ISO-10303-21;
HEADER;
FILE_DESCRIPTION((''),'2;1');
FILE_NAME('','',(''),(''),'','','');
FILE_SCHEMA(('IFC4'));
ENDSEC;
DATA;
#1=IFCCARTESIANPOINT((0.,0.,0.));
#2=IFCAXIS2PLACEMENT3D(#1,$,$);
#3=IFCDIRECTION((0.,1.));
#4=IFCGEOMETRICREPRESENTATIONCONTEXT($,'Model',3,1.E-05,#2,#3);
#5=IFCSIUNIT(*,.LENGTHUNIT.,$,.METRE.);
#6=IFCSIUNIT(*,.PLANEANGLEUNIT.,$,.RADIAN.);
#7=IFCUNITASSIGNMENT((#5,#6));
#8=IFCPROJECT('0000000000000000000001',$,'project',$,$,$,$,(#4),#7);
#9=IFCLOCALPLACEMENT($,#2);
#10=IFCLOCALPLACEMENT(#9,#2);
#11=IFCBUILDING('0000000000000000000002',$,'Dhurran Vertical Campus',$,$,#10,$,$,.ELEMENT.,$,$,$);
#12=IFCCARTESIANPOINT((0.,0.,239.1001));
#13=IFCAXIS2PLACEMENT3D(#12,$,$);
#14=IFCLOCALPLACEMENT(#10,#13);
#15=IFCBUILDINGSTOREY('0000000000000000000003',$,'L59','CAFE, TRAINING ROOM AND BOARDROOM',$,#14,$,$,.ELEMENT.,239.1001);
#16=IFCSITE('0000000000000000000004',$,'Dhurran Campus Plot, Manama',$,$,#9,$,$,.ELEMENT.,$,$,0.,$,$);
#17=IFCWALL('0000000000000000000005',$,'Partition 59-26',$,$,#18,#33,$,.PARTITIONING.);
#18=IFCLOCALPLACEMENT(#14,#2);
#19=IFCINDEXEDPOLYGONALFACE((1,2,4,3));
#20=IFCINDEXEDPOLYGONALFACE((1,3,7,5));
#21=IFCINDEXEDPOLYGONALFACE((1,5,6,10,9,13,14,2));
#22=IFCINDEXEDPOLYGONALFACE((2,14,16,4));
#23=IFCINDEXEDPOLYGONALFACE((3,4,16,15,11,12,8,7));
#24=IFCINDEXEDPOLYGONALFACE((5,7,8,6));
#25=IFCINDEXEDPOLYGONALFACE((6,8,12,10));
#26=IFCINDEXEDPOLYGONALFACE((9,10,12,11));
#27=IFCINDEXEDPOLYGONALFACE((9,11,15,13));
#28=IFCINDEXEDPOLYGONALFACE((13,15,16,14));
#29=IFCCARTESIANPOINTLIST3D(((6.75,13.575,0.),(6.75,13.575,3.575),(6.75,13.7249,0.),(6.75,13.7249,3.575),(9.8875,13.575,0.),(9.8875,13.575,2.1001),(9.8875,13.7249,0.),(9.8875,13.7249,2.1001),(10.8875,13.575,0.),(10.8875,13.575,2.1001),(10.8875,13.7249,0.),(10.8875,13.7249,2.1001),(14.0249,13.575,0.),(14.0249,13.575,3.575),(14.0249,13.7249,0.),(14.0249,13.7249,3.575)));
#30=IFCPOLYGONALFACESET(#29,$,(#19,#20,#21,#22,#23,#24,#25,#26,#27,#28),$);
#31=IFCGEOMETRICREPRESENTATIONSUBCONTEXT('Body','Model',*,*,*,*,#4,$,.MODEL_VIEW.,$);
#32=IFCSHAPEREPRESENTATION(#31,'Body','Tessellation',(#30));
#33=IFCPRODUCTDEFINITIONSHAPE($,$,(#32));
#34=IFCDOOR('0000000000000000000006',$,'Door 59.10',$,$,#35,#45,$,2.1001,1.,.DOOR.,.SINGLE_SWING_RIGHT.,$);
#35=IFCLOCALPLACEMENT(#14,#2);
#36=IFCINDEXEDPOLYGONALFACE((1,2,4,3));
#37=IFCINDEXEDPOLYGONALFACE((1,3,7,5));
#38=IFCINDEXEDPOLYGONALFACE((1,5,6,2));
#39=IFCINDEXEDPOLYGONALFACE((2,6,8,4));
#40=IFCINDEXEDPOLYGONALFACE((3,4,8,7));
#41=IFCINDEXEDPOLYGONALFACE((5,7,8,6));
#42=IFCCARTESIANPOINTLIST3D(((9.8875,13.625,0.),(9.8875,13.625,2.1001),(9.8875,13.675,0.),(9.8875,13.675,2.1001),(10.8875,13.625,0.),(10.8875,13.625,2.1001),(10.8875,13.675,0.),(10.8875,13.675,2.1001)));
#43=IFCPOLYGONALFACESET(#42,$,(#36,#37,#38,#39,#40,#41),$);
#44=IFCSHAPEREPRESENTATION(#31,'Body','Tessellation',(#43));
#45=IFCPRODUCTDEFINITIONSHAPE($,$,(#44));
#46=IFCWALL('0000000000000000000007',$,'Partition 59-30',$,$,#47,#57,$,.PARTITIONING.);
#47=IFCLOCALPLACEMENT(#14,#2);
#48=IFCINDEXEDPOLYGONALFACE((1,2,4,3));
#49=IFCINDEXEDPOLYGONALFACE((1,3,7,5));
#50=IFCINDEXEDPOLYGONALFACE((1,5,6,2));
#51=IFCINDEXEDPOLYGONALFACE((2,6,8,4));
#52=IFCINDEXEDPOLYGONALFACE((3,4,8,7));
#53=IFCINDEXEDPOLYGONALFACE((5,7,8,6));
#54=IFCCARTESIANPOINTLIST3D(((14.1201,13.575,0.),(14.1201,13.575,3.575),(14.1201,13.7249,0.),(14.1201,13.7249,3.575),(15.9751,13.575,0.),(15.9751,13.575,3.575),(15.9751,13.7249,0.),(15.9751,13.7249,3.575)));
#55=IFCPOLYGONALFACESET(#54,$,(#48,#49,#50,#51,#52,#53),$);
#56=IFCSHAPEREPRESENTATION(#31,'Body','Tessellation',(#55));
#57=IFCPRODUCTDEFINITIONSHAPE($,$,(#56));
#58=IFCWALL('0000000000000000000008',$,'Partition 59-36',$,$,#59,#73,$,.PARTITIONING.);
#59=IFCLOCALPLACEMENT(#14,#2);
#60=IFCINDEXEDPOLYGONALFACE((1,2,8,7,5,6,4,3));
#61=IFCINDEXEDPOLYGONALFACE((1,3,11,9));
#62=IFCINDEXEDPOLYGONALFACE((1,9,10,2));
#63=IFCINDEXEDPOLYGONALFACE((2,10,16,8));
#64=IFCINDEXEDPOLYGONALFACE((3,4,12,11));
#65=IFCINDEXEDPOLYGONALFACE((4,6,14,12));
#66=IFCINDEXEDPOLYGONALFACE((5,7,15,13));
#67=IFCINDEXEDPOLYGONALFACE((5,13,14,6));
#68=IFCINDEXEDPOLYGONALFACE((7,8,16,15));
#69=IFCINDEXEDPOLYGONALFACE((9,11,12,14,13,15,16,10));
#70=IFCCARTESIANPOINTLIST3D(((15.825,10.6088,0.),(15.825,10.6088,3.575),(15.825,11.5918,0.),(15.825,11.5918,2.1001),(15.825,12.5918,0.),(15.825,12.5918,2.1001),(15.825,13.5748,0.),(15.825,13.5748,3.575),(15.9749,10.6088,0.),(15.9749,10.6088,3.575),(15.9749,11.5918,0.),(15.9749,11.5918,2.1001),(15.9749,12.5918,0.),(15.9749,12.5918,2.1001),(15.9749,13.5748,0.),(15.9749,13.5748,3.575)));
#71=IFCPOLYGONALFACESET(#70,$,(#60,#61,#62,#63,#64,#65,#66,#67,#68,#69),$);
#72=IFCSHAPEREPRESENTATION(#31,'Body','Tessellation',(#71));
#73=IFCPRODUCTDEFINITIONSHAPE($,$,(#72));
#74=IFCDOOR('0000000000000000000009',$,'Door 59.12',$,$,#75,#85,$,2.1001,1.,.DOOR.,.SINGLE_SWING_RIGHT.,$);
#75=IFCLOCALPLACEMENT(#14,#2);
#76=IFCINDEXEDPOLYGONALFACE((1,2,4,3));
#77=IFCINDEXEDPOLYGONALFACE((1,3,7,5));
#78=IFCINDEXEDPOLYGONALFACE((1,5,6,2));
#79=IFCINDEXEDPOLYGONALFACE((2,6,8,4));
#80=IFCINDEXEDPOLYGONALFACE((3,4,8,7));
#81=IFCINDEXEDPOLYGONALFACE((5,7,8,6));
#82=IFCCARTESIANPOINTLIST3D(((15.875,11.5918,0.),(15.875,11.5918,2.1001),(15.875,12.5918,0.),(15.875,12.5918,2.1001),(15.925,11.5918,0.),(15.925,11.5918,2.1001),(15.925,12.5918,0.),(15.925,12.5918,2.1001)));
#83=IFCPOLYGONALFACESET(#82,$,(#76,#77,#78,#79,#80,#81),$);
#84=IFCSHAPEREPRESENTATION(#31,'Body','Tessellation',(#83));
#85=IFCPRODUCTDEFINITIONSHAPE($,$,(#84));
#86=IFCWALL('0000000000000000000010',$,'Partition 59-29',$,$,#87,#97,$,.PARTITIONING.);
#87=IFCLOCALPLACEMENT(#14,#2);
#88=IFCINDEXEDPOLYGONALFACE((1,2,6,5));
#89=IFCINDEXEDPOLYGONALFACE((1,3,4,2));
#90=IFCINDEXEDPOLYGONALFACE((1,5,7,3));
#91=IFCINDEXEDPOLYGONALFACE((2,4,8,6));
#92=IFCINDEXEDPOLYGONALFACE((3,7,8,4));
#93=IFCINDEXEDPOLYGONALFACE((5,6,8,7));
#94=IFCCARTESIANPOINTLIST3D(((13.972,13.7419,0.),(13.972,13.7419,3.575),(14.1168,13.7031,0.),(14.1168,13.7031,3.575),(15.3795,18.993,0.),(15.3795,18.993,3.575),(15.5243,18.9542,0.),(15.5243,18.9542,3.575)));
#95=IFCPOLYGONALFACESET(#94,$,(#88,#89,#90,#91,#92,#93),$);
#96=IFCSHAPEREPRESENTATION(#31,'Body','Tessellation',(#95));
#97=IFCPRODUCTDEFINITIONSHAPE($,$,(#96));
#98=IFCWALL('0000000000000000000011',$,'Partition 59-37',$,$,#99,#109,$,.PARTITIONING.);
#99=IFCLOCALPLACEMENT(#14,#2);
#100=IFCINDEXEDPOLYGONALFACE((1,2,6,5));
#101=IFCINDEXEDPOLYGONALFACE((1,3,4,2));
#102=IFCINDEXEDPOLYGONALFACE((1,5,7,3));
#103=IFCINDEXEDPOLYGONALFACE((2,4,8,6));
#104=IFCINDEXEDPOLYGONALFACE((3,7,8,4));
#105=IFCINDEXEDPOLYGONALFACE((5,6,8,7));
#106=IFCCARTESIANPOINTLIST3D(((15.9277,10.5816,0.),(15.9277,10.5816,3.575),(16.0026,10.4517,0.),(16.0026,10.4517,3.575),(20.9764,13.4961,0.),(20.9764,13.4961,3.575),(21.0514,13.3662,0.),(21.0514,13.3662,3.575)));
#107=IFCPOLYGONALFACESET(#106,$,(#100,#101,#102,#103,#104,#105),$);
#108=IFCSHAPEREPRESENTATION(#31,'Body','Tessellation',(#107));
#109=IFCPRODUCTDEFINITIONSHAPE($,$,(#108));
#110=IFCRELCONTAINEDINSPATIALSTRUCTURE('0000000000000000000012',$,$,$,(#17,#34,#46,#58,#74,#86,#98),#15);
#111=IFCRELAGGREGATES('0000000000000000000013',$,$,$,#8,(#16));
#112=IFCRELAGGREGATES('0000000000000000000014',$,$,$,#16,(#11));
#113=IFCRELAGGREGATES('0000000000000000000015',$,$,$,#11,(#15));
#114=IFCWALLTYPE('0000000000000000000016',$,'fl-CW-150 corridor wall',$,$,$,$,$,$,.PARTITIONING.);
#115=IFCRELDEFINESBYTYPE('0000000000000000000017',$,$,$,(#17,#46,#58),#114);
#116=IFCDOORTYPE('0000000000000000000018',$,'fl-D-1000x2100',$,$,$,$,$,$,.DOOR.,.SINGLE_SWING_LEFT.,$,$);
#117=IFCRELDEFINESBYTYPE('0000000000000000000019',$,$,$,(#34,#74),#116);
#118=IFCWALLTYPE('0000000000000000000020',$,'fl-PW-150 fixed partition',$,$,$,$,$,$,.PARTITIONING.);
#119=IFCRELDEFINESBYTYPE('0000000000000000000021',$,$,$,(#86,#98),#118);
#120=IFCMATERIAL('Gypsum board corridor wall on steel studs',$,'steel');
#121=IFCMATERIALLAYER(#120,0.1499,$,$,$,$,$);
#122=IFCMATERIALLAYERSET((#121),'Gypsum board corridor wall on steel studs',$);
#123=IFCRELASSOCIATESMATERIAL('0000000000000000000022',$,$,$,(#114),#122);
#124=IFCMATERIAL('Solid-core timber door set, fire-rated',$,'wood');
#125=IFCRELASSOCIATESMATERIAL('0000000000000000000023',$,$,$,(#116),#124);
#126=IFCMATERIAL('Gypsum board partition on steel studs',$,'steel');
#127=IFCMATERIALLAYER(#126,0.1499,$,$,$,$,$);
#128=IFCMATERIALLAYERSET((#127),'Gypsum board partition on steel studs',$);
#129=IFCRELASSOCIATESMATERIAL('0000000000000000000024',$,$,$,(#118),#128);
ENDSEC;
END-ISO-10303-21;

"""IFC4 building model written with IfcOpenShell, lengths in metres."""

from ifc_helpers import new_model, si_unit, direction, frame, frame_2d, origin, place, context, subcontext, project, spatial, rectangle, extrude, material, layer, layer_set, type_object, element, fill, save


model = new_model("IFC4")

# Units and contexts
model_context = context("Model", 3, precision=1e-05, world=origin(), true_north=direction((0.0, 1.0)))
body_context = subcontext(model_context, "Body", "Model", "MODEL_VIEW")
ifc_project = project(units=[si_unit("LENGTHUNIT", "METRE"), si_unit("PLANEANGLEUNIT", "RADIAN")], contexts=[model_context])

# Site, building, storey
site_placement = place(None, origin())
site = spatial("IfcSite", under=ifc_project, at=site_placement, Name="Dhurran Campus Plot, Manama", CompositionType="ELEMENT", RefElevation=0.0)
building_placement = place(site_placement, origin())
building = spatial("IfcBuilding", under=site, at=building_placement, Name="Dhurran Vertical Campus", CompositionType="ELEMENT")
storey_placement = place(building_placement, frame((0.0, 0.0, 239.1001)))
storey = spatial("IfcBuildingStorey", under=building, at=storey_placement, Name="L59", Description="CAFE, TRAINING ROOM AND BOARDROOM", CompositionType="ELEMENT", Elevation=239.1001)

# Wall, opening, door
ifc_material_1 = material(Name="Gypsum board corridor wall on steel studs", Category="steel")
ifc_layer_1 = layer(ifc_material_1, 0.1499)
ifc_layer_set_1 = layer_set([ifc_layer_1], Name="Gypsum board corridor wall on steel studs")
wall_type_1 = type_object("IfcWallType", Name="fl-CW-150 corridor wall", PredefinedType="PARTITIONING", material=ifc_layer_set_1)
wall_1_placement = place(storey_placement, frame((14.0249, 13.6499, 0.0), z_axis=(0.0, 0.0, 1.0), x_axis=(-1.0, 0.0, 0.0)))
wall_1 = element("IfcWall", 1, at=wall_1_placement, inside=storey, type_object=wall_type_1, Name="Partition 59-26", PredefinedType="PARTITIONING", context=body_context, shape_type="SweptSolid", body=[
    extrude(rectangle(XDim=7.2749, YDim=0.1499, at=frame_2d((3.6375, 0.0))), origin(), (0.0, 0.0, 1.0), 3.575),
])
opening_1_placement = place(wall_1_placement, frame((3.1375, 0.0, 0.0)))
opening_1 = element("IfcOpeningElement", 2, at=opening_1_placement, cuts=wall_1, PredefinedType="OPENING", context=body_context, shape_type="SweptSolid", body=[
    extrude(rectangle(XDim=1.0, YDim=2.1001, at=frame_2d((0.5, 1.05))), frame((0.0, 0.085, 0.0), z_axis=(0.0, -1.0, 0.0), x_axis=(1.0, 0.0, 0.0)), (0.0, 0.0, 1.0), 0.1699),
])
ifc_material_2 = material(Name="Solid-core timber door set, fire-rated", Category="wood")
door_type = type_object("IfcDoorType", Name="fl-D-1000x2100", OperationType="SINGLE_SWING_LEFT", PredefinedType="DOOR", material=ifc_material_2)
door_1_placement = place(opening_1_placement, origin())
door_1 = element("IfcDoor", 3, at=door_1_placement, inside=storey, type_object=door_type, Name="Door 59.10", OperationType="SINGLE_SWING_RIGHT", OverallHeight=2.1001, OverallWidth=1.0, PredefinedType="DOOR", context=body_context, shape_type="SweptSolid", body=[
    extrude(rectangle(XDim=1.0, YDim=2.1001, at=frame_2d((0.5, 1.05))), frame((0.0, 0.0249, 0.0), z_axis=(0.0, -1.0, 0.0), x_axis=(1.0, 0.0, 0.0)), (0.0, 0.0, 1.0), 0.05),
])
fill(opening_1, door_1)

# Wall
wall_2_placement = place(storey_placement, frame((15.9751, 13.6499, 0.0), z_axis=(0.0, 0.0, 1.0), x_axis=(-1.0, 0.0, 0.0)))
element("IfcWall", 4, at=wall_2_placement, inside=storey, type_object=wall_type_1, Name="Partition 59-30", PredefinedType="PARTITIONING", context=body_context, shape_type="SweptSolid", body=[
    extrude(rectangle(XDim=1.855, YDim=0.1499, at=frame_2d((0.9275, 0.0))), origin(), (0.0, 0.0, 1.0), 3.575),
])

# Wall, opening, door
wall_3_placement = place(storey_placement, frame((15.8999, 10.6089, 0.0), z_axis=(0.0, 0.0, 1.0), x_axis=(0.0, 1.0, 0.0)))
wall_3 = element("IfcWall", 5, at=wall_3_placement, inside=storey, type_object=wall_type_1, Name="Partition 59-36", PredefinedType="PARTITIONING", context=body_context, shape_type="SweptSolid", body=[
    extrude(rectangle(XDim=2.9661, YDim=0.1499, at=frame_2d((1.4829, 0.0))), origin(), (0.0, 0.0, 1.0), 3.575),
])
opening_2_placement = place(wall_3_placement, frame((0.9829, 0.0, 0.0)))
opening_2 = element("IfcOpeningElement", 6, at=opening_2_placement, cuts=wall_3, PredefinedType="OPENING", context=body_context, shape_type="SweptSolid", body=[
    extrude(rectangle(XDim=1.0, YDim=2.1001, at=frame_2d((0.5, 1.05))), frame((0.0, 0.085, 0.0), z_axis=(0.0, -1.0, 0.0), x_axis=(1.0, 0.0, 0.0)), (0.0, 0.0, 1.0), 0.1699),
])
door_2_placement = place(opening_2_placement, origin())
door_2 = element("IfcDoor", 7, at=door_2_placement, inside=storey, type_object=door_type, Name="Door 59.12", OperationType="SINGLE_SWING_RIGHT", OverallHeight=2.1001, OverallWidth=1.0, PredefinedType="DOOR", context=body_context, shape_type="SweptSolid", body=[
    extrude(rectangle(XDim=1.0, YDim=2.1001, at=frame_2d((0.5, 1.05))), frame((0.0, 0.0249, 0.0), z_axis=(0.0, -1.0, 0.0), x_axis=(1.0, 0.0, 0.0)), (0.0, 0.0, 1.0), 0.05),
])
fill(opening_2, door_2)

# Walls
ifc_material_3 = material(Name="Gypsum board partition on steel studs", Category="steel")
ifc_layer_2 = layer(ifc_material_3, 0.1499)
ifc_layer_set_2 = layer_set([ifc_layer_2], Name="Gypsum board partition on steel studs")
wall_type_2 = type_object("IfcWallType", Name="fl-PW-150 fixed partition", PredefinedType="PARTITIONING", material=ifc_layer_set_2)
wall_4_placement = place(storey_placement, frame((15.4519, 18.9736, 0.0), z_axis=(0.0, 0.0, 1.0), x_axis=(-0.258889, -0.965907, 0.0)))
element("IfcWall", 8, at=wall_4_placement, inside=storey, type_object=wall_type_2, Name="Partition 59-29", PredefinedType="PARTITIONING", context=body_context, shape_type="SweptSolid", body=[
    extrude(rectangle(XDim=5.4365, YDim=0.1499, at=frame_2d((2.7183, 0.0))), origin(), (0.0, 0.0, 1.0), 3.575),
])
wall_5_placement = place(storey_placement, frame((21.0139, 13.4312, 0.0), z_axis=(0.0, 0.0, 1.0), x_axis=(-0.866054, -0.49995, 0.0)))
element("IfcWall", 9, at=wall_5_placement, inside=storey, type_object=wall_type_2, Name="Partition 59-37", PredefinedType="PARTITIONING", context=body_context, shape_type="SweptSolid", body=[
    extrude(rectangle(XDim=5.8296, YDim=0.1499, at=frame_2d((2.9148, 0.0))), origin(), (0.0, 0.0, 1.0), 3.575),
])

save(model, "model.ifc")
